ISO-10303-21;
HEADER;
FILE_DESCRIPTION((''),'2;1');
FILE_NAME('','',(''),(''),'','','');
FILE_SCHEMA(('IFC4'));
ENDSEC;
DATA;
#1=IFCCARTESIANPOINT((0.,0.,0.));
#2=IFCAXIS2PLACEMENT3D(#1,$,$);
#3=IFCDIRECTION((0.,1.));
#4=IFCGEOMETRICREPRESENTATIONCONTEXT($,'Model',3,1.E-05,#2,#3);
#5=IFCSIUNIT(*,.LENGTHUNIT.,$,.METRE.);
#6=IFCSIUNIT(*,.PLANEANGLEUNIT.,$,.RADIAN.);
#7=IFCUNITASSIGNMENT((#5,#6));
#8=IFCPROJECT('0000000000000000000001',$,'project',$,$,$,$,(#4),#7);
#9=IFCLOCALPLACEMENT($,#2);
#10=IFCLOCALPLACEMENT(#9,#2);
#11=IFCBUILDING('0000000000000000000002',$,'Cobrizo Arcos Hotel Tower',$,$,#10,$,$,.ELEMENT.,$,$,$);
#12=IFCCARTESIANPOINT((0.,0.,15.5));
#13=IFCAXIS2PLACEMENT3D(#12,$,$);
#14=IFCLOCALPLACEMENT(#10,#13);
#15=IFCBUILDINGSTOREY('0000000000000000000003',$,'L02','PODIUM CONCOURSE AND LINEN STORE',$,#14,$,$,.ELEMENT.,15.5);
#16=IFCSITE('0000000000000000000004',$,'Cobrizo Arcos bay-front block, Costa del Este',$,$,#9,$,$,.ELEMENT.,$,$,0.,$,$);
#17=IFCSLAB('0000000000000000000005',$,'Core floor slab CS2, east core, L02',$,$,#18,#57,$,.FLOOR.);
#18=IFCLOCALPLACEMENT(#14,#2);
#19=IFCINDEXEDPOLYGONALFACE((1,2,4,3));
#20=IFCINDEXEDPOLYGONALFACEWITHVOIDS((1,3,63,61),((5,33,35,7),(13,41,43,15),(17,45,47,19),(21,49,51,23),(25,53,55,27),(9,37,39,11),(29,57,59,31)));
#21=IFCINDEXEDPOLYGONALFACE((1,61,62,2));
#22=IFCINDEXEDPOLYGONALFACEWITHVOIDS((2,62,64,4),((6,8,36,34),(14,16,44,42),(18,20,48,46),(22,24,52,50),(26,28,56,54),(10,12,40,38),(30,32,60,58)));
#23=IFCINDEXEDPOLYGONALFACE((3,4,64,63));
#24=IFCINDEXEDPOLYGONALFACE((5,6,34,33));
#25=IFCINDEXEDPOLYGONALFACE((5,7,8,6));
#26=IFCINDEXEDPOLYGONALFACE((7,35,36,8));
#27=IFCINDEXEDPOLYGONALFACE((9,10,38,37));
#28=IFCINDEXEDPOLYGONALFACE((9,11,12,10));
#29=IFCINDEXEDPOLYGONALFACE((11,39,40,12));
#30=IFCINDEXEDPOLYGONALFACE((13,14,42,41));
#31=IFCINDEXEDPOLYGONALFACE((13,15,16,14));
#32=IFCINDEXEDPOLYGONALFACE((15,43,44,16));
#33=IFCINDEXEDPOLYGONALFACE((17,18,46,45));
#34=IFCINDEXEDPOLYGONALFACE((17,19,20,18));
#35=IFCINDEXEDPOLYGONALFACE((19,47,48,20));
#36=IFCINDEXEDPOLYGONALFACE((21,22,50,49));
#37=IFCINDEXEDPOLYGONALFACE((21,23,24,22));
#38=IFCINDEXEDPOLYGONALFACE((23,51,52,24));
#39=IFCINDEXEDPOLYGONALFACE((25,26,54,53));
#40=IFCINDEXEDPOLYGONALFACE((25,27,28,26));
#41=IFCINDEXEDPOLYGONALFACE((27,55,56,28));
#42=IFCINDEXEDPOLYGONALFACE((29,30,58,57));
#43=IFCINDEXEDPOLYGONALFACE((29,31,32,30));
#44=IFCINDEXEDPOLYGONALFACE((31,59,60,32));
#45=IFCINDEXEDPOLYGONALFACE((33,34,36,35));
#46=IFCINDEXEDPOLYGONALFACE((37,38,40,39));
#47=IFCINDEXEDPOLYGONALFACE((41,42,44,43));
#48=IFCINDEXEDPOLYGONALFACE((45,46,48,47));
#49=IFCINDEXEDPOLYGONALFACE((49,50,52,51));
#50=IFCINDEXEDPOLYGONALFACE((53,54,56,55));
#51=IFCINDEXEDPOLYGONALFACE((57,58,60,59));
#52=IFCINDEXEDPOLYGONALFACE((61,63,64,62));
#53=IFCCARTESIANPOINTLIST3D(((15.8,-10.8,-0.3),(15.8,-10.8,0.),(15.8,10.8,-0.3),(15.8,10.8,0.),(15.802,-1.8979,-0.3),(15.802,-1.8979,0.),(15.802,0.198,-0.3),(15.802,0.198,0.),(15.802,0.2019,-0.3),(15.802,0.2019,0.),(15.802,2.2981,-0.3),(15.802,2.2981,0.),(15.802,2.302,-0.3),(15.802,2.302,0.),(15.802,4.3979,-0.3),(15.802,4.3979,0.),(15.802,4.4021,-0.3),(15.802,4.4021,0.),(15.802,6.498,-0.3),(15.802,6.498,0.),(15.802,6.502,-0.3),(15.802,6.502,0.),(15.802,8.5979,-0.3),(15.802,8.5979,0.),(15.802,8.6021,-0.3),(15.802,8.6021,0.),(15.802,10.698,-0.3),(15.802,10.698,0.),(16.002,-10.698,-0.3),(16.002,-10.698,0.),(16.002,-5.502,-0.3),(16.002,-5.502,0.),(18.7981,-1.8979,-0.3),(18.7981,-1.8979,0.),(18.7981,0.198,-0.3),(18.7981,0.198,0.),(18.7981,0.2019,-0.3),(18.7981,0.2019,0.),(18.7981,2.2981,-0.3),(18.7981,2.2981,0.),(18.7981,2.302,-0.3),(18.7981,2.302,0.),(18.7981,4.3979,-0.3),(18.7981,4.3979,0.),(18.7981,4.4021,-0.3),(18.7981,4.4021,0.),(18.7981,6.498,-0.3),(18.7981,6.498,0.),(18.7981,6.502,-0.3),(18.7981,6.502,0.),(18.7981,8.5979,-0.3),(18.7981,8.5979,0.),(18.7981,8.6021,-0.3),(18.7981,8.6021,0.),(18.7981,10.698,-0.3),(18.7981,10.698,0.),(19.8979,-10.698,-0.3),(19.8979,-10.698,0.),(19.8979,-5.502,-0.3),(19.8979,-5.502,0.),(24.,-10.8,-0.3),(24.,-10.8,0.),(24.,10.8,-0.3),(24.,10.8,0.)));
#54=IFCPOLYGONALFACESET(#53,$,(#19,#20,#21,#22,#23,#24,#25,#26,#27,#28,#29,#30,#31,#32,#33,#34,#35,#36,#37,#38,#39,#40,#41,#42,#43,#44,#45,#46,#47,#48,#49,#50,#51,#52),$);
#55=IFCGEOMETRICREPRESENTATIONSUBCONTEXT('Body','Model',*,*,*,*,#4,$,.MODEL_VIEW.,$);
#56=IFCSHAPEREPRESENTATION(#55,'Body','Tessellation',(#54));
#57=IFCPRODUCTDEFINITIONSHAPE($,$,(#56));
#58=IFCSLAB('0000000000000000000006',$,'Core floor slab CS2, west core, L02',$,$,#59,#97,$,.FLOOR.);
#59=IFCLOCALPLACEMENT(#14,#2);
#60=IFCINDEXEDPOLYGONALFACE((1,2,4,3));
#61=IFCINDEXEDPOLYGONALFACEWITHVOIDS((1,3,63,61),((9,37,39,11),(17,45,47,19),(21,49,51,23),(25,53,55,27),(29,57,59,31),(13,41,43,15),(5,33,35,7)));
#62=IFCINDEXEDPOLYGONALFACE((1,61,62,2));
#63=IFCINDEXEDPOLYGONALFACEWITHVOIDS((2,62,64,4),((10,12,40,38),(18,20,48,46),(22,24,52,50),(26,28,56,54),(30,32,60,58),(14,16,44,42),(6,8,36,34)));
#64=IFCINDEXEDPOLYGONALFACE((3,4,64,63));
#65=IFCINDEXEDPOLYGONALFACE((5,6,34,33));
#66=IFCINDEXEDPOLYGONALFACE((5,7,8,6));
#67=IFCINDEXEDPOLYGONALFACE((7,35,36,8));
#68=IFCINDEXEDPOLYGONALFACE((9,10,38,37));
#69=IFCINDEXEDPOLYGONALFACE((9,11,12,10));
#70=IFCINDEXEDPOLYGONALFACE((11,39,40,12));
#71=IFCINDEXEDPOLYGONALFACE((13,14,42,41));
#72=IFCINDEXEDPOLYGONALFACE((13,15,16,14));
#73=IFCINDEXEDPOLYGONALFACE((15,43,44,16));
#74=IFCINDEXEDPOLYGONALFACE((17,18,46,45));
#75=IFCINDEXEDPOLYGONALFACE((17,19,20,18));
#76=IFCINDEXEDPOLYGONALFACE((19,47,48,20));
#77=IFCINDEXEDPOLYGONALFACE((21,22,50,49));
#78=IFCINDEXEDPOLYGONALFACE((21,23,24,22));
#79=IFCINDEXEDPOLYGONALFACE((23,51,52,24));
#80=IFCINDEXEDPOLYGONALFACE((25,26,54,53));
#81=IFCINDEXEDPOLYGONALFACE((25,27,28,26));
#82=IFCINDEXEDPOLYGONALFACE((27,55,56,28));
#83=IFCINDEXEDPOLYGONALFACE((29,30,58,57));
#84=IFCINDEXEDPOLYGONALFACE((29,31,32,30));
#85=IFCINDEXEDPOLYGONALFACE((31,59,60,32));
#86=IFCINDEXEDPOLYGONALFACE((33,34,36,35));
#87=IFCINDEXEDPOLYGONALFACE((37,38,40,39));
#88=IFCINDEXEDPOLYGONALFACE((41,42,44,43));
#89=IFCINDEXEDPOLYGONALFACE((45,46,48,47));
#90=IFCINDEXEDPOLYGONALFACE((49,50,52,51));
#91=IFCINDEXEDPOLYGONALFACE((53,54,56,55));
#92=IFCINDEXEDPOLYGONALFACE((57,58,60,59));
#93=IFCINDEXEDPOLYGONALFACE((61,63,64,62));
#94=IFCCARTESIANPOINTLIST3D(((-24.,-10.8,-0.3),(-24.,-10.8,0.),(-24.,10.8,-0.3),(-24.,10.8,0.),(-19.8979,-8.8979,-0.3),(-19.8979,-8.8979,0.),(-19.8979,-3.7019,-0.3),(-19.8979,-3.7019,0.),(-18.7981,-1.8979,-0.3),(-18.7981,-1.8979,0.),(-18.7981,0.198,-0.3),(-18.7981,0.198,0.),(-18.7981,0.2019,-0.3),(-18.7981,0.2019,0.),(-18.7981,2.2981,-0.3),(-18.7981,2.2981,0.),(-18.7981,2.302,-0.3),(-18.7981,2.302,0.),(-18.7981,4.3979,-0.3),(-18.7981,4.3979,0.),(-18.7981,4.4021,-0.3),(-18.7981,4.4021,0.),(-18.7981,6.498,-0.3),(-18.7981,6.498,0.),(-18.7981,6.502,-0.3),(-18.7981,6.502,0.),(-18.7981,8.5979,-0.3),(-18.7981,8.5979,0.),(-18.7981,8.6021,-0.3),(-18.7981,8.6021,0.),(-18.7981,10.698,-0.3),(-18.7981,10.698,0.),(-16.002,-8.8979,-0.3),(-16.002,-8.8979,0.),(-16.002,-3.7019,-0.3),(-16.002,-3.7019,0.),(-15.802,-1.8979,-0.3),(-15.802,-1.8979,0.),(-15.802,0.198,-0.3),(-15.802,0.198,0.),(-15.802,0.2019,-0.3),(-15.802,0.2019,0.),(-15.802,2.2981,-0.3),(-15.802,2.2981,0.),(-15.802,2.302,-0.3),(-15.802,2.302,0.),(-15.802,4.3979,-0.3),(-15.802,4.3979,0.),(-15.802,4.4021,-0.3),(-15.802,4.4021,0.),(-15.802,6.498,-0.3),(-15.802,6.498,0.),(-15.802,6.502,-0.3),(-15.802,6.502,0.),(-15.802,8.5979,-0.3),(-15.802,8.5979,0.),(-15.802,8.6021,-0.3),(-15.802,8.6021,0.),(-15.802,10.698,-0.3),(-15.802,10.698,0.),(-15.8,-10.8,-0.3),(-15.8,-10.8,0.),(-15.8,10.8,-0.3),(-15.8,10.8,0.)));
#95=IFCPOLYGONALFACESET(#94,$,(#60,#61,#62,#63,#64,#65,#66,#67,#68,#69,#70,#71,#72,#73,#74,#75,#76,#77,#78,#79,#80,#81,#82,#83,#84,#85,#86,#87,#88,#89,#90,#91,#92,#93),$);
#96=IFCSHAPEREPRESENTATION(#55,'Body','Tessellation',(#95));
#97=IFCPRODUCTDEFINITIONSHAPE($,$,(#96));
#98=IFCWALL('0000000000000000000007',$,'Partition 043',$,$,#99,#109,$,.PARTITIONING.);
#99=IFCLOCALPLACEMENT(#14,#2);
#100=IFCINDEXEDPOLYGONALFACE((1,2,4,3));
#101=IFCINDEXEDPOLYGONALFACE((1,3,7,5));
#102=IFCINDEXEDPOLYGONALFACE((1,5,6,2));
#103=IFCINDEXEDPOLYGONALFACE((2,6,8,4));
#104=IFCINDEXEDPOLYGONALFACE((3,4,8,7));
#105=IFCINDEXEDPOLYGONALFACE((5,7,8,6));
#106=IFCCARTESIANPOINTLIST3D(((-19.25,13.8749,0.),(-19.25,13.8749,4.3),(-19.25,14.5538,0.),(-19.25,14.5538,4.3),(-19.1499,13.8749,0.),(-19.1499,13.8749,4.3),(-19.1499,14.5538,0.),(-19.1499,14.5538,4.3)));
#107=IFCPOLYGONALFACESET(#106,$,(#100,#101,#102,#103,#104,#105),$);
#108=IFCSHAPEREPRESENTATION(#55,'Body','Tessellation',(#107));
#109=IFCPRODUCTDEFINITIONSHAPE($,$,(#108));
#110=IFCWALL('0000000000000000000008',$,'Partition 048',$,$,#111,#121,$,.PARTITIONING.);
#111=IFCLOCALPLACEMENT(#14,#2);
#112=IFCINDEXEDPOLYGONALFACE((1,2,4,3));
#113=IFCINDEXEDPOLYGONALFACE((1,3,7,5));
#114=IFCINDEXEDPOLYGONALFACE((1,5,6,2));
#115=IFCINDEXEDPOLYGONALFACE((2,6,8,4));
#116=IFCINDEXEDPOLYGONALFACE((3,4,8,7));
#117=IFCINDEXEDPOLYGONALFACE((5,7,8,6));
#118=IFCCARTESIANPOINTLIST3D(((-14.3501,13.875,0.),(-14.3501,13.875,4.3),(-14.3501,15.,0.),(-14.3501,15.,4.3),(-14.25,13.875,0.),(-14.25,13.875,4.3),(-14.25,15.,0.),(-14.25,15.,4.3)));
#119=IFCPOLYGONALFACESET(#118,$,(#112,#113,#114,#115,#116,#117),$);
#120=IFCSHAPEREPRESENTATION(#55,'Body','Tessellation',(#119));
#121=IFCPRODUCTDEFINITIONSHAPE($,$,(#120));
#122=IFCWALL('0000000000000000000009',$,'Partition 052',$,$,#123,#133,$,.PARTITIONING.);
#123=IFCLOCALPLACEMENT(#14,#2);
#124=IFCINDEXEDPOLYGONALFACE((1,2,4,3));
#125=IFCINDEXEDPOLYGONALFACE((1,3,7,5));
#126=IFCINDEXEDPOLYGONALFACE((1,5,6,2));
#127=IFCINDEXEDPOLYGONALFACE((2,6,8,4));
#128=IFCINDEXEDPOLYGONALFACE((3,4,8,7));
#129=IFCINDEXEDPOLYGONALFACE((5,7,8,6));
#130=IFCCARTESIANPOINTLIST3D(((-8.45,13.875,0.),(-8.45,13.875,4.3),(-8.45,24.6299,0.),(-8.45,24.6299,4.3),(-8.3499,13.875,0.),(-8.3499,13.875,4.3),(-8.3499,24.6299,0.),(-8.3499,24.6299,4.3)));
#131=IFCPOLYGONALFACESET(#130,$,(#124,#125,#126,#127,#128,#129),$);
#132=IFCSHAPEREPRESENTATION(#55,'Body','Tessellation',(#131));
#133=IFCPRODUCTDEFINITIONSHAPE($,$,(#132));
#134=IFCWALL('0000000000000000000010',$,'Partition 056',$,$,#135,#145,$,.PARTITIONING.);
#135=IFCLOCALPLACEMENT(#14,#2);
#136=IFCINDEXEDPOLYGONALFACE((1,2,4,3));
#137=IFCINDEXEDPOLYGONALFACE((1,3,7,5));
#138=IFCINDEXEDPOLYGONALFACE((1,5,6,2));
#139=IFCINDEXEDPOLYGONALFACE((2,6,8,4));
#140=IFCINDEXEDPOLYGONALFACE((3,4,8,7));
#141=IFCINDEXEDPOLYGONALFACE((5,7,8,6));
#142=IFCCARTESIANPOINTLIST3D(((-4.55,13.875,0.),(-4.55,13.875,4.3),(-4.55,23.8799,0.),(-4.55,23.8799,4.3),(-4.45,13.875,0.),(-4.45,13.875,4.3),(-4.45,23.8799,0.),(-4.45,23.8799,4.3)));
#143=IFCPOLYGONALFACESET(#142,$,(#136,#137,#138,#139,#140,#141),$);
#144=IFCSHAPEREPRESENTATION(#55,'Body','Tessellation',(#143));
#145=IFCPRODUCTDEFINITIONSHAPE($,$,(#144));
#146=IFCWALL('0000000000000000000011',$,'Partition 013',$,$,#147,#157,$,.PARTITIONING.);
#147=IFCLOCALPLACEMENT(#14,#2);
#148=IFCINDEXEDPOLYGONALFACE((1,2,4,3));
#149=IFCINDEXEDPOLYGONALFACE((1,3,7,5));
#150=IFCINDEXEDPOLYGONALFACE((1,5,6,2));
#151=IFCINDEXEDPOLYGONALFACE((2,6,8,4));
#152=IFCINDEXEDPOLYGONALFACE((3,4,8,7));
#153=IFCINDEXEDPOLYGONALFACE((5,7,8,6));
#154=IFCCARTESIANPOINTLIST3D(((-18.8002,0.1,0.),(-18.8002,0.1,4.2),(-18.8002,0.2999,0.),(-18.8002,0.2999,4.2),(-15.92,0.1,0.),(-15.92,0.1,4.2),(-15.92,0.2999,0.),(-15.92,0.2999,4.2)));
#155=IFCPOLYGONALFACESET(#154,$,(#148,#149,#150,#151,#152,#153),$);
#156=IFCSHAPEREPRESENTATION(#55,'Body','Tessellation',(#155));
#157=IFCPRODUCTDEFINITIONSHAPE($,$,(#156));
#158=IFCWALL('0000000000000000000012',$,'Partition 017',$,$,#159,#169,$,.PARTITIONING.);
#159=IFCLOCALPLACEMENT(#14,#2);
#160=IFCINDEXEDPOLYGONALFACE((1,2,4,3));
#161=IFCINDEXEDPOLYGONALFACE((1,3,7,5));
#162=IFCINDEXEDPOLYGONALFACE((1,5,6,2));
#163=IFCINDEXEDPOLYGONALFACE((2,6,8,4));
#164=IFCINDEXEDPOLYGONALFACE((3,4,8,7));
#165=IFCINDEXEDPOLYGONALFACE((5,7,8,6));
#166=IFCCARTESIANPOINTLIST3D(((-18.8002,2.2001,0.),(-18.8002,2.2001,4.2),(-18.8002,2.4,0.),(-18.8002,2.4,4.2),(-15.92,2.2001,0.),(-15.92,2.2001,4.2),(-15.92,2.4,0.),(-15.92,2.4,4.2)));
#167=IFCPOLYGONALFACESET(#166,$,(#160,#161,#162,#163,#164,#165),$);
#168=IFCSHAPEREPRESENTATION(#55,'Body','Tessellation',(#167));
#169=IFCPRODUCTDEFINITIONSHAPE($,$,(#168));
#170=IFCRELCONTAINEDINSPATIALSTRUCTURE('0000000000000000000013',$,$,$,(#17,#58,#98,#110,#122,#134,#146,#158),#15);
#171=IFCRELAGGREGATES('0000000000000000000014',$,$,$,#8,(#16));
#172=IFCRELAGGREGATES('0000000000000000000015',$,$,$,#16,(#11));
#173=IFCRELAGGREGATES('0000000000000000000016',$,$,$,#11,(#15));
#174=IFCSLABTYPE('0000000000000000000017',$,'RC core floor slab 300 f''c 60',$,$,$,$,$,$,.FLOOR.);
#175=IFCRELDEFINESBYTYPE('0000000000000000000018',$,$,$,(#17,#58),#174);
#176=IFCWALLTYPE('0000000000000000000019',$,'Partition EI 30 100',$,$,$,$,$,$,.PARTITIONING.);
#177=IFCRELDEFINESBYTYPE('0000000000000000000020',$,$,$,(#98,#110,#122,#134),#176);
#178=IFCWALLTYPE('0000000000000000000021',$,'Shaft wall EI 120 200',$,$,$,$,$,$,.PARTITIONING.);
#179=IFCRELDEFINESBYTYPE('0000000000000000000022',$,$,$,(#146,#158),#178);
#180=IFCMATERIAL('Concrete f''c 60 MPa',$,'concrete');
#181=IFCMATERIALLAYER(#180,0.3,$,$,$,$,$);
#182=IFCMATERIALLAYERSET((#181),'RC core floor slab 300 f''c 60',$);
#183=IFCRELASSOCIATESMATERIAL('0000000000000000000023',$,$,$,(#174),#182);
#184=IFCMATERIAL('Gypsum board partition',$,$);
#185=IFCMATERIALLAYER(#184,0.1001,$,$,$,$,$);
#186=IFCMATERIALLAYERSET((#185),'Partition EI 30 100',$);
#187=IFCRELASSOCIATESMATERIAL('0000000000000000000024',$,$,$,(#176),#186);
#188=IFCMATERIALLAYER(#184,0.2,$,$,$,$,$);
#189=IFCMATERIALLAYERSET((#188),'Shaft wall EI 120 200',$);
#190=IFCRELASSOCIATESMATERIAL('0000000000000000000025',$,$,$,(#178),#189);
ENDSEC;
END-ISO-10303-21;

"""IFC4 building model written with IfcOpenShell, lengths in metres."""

from ifc_helpers import new_model, si_unit, direction, frame, frame_2d, origin, place, context, subcontext, project, spatial, polyline, rectangle, outline, extrude, material, layer, layer_set, type_object, element, save


model = new_model("IFC4")

# Units and contexts
model_context = context("Model", 3, precision=1e-05, world=origin(), true_north=direction((0.0, 1.0)))
body_context = subcontext(model_context, "Body", "Model", "MODEL_VIEW")
ifc_project = project(units=[si_unit("LENGTHUNIT", "METRE"), si_unit("PLANEANGLEUNIT", "RADIAN")], contexts=[model_context])

# Site, building, storey
site_placement = place(None, origin())
site = spatial("IfcSite", under=ifc_project, at=site_placement, Name="Cobrizo Arcos bay-front block, Costa del Este", CompositionType="ELEMENT", RefElevation=0.0)
building_placement = place(site_placement, origin())
building = spatial("IfcBuilding", under=site, at=building_placement, Name="Cobrizo Arcos Hotel Tower", CompositionType="ELEMENT")
storey_placement = place(building_placement, frame((0.0, 0.0, 15.5)))
storey = spatial("IfcBuildingStorey", under=building, at=storey_placement, Name="L02", Description="PODIUM CONCOURSE AND LINEN STORE", CompositionType="ELEMENT", Elevation=15.5)

# Slabs
ifc_material_1 = material(Name="Concrete f'c 60 MPa", Category="concrete")
ifc_layer_1 = layer(ifc_material_1, 0.3)
ifc_layer_set_1 = layer_set([ifc_layer_1], Name="RC core floor slab 300 f'c 60")
slab_type_1 = type_object("IfcSlabType", Name="RC core floor slab 300 f'c 60", PredefinedType="FLOOR", material=ifc_layer_set_1)
slab_1_placement = place(storey_placement, frame((0.0, 0.0, -0.3)))
element("IfcSlab", 1, at=slab_1_placement, inside=storey, type_object=slab_type_1, Name="Core floor slab CS2, east core, L02", PredefinedType="FLOOR", context=body_context, shape_type="SweptSolid", body=[
    extrude(outline(polyline([(15.8, 10.8), (24.0, 10.8), (24.0, -10.8), (15.8, -10.8), (15.8, 10.8)]), holes=[polyline([(19.8979, -10.698), (19.8979, -5.502), (16.002, -5.502), (16.002, -10.698), (19.8979, -10.698)]), polyline([(15.802, 0.198), (15.802, -1.8979), (18.7981, -1.8979), (18.7981, 0.198), (15.802, 0.198)]), polyline([(18.7981, 2.2981), (15.802, 2.2981), (15.802, 0.2019), (18.7981, 0.2019), (18.7981, 2.2981)]), polyline([(18.7981, 4.3979), (15.802, 4.3979), (15.802, 2.302), (18.7981, 2.302), (18.7981, 4.3979)]), polyline([(15.802, 6.498), (15.802, 4.4021), (18.7981, 4.4021), (18.7981, 6.498), (15.802, 6.498)]), polyline([(18.7981, 8.5979), (15.802, 8.5979), (15.802, 6.502), (18.7981, 6.502), (18.7981, 8.5979)]), polyline([(18.7981, 10.698), (15.802, 10.698), (15.802, 8.6021), (18.7981, 8.6021), (18.7981, 10.698)])]), origin(), (0.0, 0.0, 1.0), 0.3),
])
slab_2_placement = place(storey_placement, frame((0.0, 0.0, -0.3)))
element("IfcSlab", 2, at=slab_2_placement, inside=storey, type_object=slab_type_1, Name="Core floor slab CS2, west core, L02", PredefinedType="FLOOR", context=body_context, shape_type="SweptSolid", body=[
    extrude(outline(polyline([(-24.0, 10.8), (-15.8, 10.8), (-15.8, -10.8), (-24.0, -10.8), (-24.0, 10.8)]), holes=[polyline([(-19.8979, -3.7019), (-19.8979, -8.8979), (-16.002, -8.8979), (-16.002, -3.7019), (-19.8979, -3.7019)]), polyline([(-18.7981, 0.198), (-18.7981, -1.8979), (-15.802, -1.8979), (-15.802, 0.198), (-18.7981, 0.198)]), polyline([(-15.802, 2.2981), (-18.7981, 2.2981), (-18.7981, 0.2019), (-15.802, 0.2019), (-15.802, 2.2981)]), polyline([(-15.802, 4.3979), (-18.7981, 4.3979), (-18.7981, 2.302), (-15.802, 2.302), (-15.802, 4.3979)]), polyline([(-18.7981, 6.498), (-18.7981, 4.4021), (-15.802, 4.4021), (-15.802, 6.498), (-18.7981, 6.498)]), polyline([(-15.802, 8.5979), (-18.7981, 8.5979), (-18.7981, 6.502), (-15.802, 6.502), (-15.802, 8.5979)]), polyline([(-15.802, 10.698), (-18.7981, 10.698), (-18.7981, 8.6021), (-15.802, 8.6021), (-15.802, 10.698)])]), origin(), (0.0, 0.0, 1.0), 0.3),
])

# Walls
ifc_material_2 = material(Name="Gypsum board partition")
ifc_layer_2 = layer(ifc_material_2, 0.1001)
ifc_layer_set_2 = layer_set([ifc_layer_2], Name="Partition EI 30 100")
wall_type_1 = type_object("IfcWallType", Name="Partition EI 30 100", PredefinedType="PARTITIONING", material=ifc_layer_set_2)
wall_1_placement = place(storey_placement, frame((-19.2, 13.875, 0.0), z_axis=(0.0, 0.0, 1.0), x_axis=(0.0, 1.0, 0.0)))
element("IfcWall", 3, at=wall_1_placement, inside=storey, type_object=wall_type_1, Name="Partition 043", PredefinedType="PARTITIONING", context=body_context, shape_type="SweptSolid", body=[
    extrude(rectangle(XDim=0.679, YDim=0.1001, at=frame_2d((0.3394, 0.0))), origin(), (0.0, 0.0, 1.0), 4.3),
])
wall_2_placement = place(storey_placement, frame((-14.3, 13.875, 0.0), z_axis=(0.0, 0.0, 1.0), x_axis=(0.0, 1.0, 0.0)))
element("IfcWall", 4, at=wall_2_placement, inside=storey, type_object=wall_type_1, Name="Partition 048", PredefinedType="PARTITIONING", context=body_context, shape_type="SweptSolid", body=[
    extrude(rectangle(XDim=1.125, YDim=0.1001, at=frame_2d((0.5625, 0.0))), origin(), (0.0, 0.0, 1.0), 4.3),
])
wall_3_placement = place(storey_placement, frame((-8.3999, 13.875, 0.0), z_axis=(0.0, 0.0, 1.0), x_axis=(0.0, 1.0, 0.0)))
element("IfcWall", 5, at=wall_3_placement, inside=storey, type_object=wall_type_1, Name="Partition 052", PredefinedType="PARTITIONING", context=body_context, shape_type="SweptSolid", body=[
    extrude(rectangle(XDim=10.7549, YDim=0.1001, at=frame_2d((5.3774, 0.0))), origin(), (0.0, 0.0, 1.0), 4.3),
])
wall_4_placement = place(storey_placement, frame((-4.5, 13.875, 0.0), z_axis=(0.0, 0.0, 1.0), x_axis=(0.0, 1.0, 0.0)))
element("IfcWall", 6, at=wall_4_placement, inside=storey, type_object=wall_type_1, Name="Partition 056", PredefinedType="PARTITIONING", context=body_context, shape_type="SweptSolid", body=[
    extrude(rectangle(XDim=10.0049, YDim=0.1001, at=frame_2d((5.0024, 0.0))), origin(), (0.0, 0.0, 1.0), 4.3),
])
ifc_layer_3 = layer(ifc_material_2, 0.2)
ifc_layer_set_3 = layer_set([ifc_layer_3], Name="Shaft wall EI 120 200")
wall_type_2 = type_object("IfcWallType", Name="Shaft wall EI 120 200", PredefinedType="PARTITIONING", material=ifc_layer_set_3)
for number, where, z_axis, x_axis, name in (
    (7, (-18.8, 0.2, 0.0), (0.0, 0.0, 1.0), (1.0, 0.0, 0.0), "Partition 013"),
    (8, (-18.8, 2.3, 0.0), (0.0, 0.0, 1.0), (1.0, 0.0, 0.0), "Partition 017"),
):
    element("IfcWall", number, at=place(storey_placement, frame(where, z_axis=z_axis, x_axis=x_axis)), inside=storey, type_object=wall_type_2, Name=name, PredefinedType="PARTITIONING", context=body_context, shape_type="SweptSolid", body=[
        extrude(rectangle(XDim=2.8801, YDim=0.2, at=frame_2d((1.4399, 0.0))), origin(), (0.0, 0.0, 1.0), 4.2),
    ])

save(model, "model.ifc")
